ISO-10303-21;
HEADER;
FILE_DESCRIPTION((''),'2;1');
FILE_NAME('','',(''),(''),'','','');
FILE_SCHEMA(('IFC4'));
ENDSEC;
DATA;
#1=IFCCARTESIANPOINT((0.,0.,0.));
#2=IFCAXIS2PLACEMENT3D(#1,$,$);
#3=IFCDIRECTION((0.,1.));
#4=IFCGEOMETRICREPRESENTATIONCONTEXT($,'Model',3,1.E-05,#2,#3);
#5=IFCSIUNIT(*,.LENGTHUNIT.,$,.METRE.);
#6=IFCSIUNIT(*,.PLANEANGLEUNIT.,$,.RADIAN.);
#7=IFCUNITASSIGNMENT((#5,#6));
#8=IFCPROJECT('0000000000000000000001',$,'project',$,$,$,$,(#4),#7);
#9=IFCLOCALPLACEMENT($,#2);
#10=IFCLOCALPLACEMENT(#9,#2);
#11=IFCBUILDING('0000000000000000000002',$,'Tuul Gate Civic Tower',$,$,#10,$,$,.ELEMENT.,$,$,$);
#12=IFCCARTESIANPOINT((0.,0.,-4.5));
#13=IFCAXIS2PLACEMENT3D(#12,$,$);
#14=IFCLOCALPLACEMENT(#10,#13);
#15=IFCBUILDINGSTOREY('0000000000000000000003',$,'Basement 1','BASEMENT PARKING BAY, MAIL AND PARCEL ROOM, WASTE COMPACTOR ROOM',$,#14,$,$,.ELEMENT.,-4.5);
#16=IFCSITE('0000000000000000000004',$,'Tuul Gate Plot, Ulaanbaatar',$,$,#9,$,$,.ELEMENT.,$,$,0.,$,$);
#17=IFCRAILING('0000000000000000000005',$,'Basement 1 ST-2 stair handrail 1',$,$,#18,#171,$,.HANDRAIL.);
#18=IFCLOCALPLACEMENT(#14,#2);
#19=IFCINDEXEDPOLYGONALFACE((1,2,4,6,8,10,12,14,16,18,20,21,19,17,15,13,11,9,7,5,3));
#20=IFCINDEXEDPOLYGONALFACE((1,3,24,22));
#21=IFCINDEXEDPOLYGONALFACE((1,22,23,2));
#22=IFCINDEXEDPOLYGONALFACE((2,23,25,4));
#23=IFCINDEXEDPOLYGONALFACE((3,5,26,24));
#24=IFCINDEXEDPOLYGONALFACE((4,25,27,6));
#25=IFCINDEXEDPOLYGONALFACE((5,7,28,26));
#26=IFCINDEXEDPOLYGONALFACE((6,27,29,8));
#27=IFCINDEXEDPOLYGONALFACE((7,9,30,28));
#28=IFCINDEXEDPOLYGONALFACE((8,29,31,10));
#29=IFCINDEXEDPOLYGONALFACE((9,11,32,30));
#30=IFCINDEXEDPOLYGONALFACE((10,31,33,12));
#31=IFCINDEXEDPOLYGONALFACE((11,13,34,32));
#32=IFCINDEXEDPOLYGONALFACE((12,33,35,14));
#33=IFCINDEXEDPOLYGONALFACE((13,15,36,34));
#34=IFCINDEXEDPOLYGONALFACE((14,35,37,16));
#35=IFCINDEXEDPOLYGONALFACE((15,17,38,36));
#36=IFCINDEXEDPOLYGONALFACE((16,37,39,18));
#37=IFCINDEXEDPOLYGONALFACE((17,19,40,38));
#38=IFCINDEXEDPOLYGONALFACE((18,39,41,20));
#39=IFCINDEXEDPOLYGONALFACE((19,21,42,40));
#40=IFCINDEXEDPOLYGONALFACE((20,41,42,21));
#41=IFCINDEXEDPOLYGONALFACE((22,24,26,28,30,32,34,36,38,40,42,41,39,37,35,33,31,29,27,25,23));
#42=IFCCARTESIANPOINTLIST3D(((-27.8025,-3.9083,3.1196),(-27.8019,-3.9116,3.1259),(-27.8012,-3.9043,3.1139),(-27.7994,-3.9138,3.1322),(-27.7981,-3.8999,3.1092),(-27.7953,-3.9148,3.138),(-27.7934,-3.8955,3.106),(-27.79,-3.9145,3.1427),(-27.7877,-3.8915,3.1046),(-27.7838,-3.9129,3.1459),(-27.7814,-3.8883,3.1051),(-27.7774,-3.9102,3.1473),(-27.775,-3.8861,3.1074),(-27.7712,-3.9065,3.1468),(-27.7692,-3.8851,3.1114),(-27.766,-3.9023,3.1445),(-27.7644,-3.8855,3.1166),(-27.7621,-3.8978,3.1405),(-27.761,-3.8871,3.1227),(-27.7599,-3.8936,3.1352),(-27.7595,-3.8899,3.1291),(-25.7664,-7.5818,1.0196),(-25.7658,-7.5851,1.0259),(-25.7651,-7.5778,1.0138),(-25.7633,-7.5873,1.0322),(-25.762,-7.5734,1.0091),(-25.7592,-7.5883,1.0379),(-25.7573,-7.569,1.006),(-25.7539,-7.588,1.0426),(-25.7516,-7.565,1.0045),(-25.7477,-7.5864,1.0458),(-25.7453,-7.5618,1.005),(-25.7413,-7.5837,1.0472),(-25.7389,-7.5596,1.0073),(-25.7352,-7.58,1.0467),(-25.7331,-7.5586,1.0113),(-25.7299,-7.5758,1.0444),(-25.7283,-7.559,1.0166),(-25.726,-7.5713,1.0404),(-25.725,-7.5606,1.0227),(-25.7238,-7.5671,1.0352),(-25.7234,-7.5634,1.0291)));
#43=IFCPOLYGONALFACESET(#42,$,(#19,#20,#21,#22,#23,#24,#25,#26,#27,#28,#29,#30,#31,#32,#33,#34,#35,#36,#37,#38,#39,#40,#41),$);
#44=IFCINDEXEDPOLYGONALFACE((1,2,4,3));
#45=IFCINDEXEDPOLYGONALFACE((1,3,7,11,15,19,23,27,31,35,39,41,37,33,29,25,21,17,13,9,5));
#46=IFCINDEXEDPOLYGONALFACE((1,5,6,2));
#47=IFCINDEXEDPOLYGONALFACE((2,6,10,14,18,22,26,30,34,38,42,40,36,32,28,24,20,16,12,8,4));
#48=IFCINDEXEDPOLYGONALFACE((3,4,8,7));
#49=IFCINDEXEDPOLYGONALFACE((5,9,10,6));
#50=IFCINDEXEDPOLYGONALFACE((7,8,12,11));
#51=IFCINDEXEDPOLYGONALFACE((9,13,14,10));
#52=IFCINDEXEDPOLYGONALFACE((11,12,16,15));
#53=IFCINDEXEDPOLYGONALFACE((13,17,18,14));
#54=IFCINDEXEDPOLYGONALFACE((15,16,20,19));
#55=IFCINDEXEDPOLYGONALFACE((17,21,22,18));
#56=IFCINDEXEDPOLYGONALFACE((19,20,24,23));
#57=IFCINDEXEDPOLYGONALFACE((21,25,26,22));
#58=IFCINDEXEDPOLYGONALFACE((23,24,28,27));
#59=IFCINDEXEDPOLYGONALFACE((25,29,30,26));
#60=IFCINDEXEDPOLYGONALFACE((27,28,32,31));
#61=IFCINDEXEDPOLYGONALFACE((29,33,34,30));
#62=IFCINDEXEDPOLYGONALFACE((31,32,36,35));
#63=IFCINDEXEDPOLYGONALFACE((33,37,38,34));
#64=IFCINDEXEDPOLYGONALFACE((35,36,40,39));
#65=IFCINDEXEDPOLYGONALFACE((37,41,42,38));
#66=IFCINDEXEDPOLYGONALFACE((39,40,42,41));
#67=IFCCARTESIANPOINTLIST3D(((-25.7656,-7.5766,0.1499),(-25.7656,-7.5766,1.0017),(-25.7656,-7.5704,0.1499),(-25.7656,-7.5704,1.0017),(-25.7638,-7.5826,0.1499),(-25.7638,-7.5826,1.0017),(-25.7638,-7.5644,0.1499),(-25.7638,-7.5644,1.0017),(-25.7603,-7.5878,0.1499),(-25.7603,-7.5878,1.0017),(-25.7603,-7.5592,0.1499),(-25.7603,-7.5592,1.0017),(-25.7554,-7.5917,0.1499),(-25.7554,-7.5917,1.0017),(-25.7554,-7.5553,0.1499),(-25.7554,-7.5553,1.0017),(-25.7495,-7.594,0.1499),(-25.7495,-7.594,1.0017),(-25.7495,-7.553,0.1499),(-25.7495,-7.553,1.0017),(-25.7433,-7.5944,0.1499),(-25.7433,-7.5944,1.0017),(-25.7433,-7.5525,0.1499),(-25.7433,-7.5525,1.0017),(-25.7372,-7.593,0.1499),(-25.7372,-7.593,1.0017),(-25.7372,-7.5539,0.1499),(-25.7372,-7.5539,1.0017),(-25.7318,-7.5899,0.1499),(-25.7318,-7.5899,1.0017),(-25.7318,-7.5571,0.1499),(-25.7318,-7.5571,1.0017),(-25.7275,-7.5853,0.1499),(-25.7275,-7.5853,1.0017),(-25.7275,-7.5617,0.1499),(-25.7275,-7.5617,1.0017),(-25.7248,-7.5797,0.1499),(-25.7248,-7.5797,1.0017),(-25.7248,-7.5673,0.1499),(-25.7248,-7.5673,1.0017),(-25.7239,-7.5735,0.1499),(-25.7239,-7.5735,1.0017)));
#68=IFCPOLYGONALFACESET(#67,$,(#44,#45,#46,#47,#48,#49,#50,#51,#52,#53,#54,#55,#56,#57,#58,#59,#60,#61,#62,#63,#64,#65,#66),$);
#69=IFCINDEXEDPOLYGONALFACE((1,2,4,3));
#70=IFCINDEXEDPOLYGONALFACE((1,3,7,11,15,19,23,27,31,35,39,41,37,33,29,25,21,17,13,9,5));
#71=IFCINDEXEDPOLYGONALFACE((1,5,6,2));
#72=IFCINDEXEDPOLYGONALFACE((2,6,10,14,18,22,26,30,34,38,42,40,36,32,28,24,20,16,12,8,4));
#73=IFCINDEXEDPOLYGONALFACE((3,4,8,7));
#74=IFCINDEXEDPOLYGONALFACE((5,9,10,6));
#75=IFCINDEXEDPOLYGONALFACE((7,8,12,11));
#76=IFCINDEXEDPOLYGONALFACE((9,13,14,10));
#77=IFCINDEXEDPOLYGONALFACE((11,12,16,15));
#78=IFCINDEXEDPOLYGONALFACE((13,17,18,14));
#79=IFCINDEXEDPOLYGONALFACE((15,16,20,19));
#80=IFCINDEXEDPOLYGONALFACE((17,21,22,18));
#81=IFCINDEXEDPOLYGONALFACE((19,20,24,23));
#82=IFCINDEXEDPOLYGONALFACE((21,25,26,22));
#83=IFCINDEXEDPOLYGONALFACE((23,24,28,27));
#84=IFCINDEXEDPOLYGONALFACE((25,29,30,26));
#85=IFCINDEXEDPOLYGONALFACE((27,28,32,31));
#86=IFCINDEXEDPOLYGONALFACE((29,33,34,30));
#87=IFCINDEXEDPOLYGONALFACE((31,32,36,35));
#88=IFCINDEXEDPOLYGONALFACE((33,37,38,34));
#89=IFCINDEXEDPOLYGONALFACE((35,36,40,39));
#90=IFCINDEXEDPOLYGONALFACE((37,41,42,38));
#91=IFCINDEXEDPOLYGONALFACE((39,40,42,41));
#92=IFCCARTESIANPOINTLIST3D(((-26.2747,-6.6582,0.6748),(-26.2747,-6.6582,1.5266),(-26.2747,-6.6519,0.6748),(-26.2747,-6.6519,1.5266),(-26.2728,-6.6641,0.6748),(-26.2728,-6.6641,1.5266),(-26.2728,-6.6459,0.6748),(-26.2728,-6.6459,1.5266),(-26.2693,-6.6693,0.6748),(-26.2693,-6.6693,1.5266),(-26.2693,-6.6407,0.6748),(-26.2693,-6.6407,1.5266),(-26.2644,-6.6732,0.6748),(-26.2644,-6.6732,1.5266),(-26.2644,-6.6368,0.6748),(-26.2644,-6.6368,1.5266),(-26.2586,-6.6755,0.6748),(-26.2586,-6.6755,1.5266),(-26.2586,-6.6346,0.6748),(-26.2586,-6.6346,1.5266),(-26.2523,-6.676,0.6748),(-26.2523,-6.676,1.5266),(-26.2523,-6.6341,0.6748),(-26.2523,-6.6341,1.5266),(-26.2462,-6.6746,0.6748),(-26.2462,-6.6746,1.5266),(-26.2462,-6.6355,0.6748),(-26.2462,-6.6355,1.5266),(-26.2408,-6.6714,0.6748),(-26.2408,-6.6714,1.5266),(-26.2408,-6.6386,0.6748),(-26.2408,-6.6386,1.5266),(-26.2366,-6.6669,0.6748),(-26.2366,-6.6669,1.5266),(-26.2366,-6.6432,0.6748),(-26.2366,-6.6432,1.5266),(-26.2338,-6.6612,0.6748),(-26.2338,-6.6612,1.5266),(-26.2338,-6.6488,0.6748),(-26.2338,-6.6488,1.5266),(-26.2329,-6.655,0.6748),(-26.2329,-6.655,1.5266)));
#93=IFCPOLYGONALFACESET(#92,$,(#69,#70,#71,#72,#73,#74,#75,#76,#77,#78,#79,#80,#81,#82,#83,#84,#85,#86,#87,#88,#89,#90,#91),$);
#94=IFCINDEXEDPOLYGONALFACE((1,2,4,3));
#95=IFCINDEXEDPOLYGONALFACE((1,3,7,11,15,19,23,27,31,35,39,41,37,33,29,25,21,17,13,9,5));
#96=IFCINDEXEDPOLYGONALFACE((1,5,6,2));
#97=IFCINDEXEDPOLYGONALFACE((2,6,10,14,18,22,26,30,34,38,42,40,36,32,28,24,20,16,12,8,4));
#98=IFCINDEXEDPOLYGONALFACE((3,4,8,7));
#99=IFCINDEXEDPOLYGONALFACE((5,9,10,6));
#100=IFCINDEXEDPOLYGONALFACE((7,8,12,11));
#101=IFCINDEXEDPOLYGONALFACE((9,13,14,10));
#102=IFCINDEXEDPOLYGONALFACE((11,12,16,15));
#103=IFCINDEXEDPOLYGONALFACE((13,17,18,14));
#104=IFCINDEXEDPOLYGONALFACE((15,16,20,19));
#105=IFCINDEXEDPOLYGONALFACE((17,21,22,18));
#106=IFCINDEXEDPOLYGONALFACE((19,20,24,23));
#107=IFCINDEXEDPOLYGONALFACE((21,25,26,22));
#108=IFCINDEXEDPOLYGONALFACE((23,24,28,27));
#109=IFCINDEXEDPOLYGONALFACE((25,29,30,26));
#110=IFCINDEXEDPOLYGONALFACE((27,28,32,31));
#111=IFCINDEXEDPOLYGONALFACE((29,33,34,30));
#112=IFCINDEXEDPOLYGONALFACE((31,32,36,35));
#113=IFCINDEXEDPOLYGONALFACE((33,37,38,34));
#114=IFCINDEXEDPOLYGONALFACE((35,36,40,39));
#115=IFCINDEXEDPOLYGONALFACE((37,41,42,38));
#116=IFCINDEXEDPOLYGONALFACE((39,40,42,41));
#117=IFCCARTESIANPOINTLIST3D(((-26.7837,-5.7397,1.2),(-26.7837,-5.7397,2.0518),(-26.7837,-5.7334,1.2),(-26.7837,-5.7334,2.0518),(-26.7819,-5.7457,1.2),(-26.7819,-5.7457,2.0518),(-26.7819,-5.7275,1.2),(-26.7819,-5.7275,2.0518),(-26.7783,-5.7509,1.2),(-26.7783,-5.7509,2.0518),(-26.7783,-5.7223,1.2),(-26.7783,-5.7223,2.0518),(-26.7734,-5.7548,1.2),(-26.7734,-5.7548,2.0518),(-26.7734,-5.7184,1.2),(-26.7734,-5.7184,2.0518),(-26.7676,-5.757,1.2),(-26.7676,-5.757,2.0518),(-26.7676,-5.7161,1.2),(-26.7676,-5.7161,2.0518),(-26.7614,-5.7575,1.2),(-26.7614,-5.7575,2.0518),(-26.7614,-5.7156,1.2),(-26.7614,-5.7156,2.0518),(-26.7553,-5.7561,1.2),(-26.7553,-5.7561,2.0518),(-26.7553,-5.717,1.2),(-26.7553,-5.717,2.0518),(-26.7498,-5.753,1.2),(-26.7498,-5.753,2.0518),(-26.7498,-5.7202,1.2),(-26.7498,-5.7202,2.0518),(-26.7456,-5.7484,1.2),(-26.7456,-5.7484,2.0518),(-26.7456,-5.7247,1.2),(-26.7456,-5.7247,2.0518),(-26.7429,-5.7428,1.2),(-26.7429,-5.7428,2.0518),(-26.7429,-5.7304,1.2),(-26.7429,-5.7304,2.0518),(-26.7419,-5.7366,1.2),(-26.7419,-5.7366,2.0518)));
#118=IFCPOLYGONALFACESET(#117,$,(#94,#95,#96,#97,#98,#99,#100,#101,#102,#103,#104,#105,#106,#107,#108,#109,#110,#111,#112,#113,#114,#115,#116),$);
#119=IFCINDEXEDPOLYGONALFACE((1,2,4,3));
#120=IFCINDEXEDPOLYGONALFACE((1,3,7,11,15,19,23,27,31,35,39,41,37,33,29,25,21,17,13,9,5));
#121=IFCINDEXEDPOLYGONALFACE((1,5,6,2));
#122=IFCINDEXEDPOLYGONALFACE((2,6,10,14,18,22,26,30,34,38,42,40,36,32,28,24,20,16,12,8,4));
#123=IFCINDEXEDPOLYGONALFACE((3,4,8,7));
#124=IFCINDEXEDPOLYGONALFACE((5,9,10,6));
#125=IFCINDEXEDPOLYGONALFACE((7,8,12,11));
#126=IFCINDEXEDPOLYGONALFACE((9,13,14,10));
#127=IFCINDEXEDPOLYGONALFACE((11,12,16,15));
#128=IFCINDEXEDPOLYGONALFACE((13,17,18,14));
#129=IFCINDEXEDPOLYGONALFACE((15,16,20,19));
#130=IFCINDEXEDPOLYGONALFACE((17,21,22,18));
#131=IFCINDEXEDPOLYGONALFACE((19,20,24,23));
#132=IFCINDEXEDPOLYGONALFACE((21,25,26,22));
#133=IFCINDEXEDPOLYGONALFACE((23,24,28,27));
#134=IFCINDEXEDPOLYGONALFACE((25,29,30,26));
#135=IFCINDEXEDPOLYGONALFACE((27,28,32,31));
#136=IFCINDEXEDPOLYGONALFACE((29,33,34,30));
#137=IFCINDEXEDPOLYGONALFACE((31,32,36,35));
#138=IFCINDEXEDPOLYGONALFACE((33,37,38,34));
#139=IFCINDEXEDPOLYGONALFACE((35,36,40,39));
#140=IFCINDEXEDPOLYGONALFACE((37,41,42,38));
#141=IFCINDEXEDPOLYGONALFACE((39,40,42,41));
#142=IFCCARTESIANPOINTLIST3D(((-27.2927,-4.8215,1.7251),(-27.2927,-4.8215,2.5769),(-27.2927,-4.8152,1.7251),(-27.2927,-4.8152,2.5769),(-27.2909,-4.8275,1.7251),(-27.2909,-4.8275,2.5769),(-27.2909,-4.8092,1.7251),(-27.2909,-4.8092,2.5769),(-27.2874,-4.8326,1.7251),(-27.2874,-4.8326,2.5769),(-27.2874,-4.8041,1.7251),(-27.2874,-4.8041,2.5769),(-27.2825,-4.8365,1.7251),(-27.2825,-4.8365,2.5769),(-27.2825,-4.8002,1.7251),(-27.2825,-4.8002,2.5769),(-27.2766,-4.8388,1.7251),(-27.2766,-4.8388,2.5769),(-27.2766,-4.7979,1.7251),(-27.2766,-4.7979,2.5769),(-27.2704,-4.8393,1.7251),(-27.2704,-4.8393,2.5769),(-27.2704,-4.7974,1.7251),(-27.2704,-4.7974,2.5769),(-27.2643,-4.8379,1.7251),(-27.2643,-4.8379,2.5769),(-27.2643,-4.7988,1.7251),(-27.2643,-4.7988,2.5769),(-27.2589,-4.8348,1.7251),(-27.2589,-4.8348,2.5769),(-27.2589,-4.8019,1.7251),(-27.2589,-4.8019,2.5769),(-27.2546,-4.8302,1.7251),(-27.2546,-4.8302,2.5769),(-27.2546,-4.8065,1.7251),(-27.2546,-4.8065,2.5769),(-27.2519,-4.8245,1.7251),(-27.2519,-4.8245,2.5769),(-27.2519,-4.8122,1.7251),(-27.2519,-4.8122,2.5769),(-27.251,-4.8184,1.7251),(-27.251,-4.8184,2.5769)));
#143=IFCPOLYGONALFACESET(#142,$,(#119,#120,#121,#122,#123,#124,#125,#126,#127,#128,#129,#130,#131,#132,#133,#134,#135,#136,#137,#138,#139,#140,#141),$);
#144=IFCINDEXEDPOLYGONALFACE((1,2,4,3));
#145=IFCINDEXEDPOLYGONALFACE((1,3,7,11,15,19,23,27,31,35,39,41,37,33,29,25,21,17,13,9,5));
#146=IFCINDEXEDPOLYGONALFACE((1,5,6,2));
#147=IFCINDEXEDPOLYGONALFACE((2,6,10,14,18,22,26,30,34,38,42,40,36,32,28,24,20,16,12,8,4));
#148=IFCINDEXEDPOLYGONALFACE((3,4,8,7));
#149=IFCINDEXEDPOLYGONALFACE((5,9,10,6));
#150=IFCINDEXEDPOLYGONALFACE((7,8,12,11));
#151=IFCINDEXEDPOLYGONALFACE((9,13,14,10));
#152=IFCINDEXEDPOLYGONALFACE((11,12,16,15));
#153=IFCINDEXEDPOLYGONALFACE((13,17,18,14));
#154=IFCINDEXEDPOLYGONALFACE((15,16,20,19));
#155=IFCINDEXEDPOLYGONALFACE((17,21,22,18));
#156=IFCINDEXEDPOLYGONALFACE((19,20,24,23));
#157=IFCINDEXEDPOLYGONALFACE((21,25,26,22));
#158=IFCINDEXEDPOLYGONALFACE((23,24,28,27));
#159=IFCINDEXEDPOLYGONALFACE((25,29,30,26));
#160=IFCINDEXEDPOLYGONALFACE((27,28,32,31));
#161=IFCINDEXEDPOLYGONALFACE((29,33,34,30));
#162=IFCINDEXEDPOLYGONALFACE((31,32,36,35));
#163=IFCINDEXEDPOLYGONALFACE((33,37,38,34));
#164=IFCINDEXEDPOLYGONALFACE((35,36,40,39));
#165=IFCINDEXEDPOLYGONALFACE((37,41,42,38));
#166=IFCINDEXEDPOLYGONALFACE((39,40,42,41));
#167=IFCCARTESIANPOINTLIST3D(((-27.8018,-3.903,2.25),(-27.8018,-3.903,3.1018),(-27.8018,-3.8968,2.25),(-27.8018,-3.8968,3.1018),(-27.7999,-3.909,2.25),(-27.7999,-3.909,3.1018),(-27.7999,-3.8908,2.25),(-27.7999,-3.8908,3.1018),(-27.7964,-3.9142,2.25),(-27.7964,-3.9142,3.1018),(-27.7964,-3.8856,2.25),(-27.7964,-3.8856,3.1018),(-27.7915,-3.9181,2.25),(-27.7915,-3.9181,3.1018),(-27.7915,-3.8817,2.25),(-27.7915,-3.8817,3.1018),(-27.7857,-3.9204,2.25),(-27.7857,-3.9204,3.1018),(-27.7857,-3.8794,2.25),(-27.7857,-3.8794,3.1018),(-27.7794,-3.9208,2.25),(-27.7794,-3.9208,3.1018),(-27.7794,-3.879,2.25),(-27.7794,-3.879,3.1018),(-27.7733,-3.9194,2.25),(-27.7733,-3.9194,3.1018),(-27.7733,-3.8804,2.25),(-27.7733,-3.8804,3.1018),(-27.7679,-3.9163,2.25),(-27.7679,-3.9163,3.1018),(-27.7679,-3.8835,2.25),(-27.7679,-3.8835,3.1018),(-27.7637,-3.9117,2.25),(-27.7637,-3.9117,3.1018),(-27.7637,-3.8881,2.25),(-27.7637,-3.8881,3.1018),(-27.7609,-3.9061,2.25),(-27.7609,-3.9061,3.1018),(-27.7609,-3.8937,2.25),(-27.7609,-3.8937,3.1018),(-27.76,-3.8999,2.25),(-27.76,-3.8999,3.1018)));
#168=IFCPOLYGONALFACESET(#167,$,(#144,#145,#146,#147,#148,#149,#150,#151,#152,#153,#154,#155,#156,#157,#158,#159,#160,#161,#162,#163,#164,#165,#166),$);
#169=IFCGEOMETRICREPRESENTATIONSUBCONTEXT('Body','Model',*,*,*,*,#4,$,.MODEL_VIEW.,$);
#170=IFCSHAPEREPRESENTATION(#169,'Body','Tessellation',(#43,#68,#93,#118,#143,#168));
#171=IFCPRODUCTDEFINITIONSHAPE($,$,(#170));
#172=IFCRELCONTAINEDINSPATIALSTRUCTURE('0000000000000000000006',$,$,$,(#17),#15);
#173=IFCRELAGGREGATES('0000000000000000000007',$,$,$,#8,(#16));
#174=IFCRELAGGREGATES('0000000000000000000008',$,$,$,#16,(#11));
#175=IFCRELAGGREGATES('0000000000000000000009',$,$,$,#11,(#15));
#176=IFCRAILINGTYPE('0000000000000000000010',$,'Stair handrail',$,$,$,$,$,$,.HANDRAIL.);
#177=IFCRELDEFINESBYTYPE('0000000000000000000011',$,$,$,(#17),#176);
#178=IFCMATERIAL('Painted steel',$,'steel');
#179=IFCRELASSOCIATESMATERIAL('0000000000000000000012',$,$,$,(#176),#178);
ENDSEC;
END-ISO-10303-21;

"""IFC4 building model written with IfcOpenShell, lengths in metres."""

from ifc_helpers import new_model, si_unit, direction, frame, origin, origin_2d, place, context, subcontext, project, spatial, circle, extrude, material, type_object, element, save


model = new_model("IFC4")

# Units and contexts
model_context = context("Model", 3, precision=1e-05, world=origin(), true_north=direction((0.0, 1.0)))
body_context = subcontext(model_context, "Body", "Model", "MODEL_VIEW")
ifc_project = project(units=[si_unit("LENGTHUNIT", "METRE"), si_unit("PLANEANGLEUNIT", "RADIAN")], contexts=[model_context])

# Site, building, storey
site_placement = place(None, origin())
site = spatial("IfcSite", under=ifc_project, at=site_placement, Name="Tuul Gate Plot, Ulaanbaatar", CompositionType="ELEMENT", RefElevation=0.0)
building_placement = place(site_placement, origin())
building = spatial("IfcBuilding", under=site, at=building_placement, Name="Tuul Gate Civic Tower", CompositionType="ELEMENT")
storey_placement = place(building_placement, frame((0.0, 0.0, -4.5)))
storey = spatial("IfcBuildingStorey", under=building, at=storey_placement, Name="Basement 1", Description="BASEMENT PARKING BAY, MAIL AND PARCEL ROOM, WASTE COMPACTOR ROOM", CompositionType="ELEMENT", Elevation=-4.5)

# Railing
ifc_material_1 = material(Name="Painted steel", Category="steel")
railing_type_1 = type_object("IfcRailingType", Name="Stair handrail", PredefinedType="HANDRAIL", material=ifc_material_1)
railing_1_placement = place(storey_placement, frame((-25.7449, -7.5735, 0.1499)))
element("IfcRailing", 1, at=railing_1_placement, inside=storey, type_object=railing_type_1, Name="Basement 1 ST-2 stair handrail 1", PredefinedType="HANDRAIL", context=body_context, shape_type="SweptSolid", body=[
    extrude(circle(Radius=0.0239, at=origin_2d()), frame((0.0, 0.0, 0.876), z_axis=(-0.433598, 0.782296, 0.44722), x_axis=(-0.874637, -0.484779, 0.0)), (0.0, 0.0, 1.0), 4.6958),
    extrude(circle(Radius=0.021, at=origin_2d()), origin(), (0.0, 0.0, 1.0), 0.8518),
    extrude(circle(Radius=0.021, at=origin_2d()), frame((-0.509, 0.9185, 0.5249)), (0.0, 0.0, 1.0), 0.8518),
    extrude(circle(Radius=0.021, at=origin_2d()), frame((-1.0181, 1.8369, 1.05)), (0.0, 0.0, 1.0), 0.8518),
    extrude(circle(Radius=0.021, at=origin_2d()), frame((-1.5271, 2.7551, 1.5752)), (0.0, 0.0, 1.0), 0.8518),
    extrude(circle(Radius=0.021, at=origin_2d()), frame((-2.0361, 3.6736, 2.1001)), (0.0, 0.0, 1.0), 0.8518),
])

save(model, "model.ifc")
